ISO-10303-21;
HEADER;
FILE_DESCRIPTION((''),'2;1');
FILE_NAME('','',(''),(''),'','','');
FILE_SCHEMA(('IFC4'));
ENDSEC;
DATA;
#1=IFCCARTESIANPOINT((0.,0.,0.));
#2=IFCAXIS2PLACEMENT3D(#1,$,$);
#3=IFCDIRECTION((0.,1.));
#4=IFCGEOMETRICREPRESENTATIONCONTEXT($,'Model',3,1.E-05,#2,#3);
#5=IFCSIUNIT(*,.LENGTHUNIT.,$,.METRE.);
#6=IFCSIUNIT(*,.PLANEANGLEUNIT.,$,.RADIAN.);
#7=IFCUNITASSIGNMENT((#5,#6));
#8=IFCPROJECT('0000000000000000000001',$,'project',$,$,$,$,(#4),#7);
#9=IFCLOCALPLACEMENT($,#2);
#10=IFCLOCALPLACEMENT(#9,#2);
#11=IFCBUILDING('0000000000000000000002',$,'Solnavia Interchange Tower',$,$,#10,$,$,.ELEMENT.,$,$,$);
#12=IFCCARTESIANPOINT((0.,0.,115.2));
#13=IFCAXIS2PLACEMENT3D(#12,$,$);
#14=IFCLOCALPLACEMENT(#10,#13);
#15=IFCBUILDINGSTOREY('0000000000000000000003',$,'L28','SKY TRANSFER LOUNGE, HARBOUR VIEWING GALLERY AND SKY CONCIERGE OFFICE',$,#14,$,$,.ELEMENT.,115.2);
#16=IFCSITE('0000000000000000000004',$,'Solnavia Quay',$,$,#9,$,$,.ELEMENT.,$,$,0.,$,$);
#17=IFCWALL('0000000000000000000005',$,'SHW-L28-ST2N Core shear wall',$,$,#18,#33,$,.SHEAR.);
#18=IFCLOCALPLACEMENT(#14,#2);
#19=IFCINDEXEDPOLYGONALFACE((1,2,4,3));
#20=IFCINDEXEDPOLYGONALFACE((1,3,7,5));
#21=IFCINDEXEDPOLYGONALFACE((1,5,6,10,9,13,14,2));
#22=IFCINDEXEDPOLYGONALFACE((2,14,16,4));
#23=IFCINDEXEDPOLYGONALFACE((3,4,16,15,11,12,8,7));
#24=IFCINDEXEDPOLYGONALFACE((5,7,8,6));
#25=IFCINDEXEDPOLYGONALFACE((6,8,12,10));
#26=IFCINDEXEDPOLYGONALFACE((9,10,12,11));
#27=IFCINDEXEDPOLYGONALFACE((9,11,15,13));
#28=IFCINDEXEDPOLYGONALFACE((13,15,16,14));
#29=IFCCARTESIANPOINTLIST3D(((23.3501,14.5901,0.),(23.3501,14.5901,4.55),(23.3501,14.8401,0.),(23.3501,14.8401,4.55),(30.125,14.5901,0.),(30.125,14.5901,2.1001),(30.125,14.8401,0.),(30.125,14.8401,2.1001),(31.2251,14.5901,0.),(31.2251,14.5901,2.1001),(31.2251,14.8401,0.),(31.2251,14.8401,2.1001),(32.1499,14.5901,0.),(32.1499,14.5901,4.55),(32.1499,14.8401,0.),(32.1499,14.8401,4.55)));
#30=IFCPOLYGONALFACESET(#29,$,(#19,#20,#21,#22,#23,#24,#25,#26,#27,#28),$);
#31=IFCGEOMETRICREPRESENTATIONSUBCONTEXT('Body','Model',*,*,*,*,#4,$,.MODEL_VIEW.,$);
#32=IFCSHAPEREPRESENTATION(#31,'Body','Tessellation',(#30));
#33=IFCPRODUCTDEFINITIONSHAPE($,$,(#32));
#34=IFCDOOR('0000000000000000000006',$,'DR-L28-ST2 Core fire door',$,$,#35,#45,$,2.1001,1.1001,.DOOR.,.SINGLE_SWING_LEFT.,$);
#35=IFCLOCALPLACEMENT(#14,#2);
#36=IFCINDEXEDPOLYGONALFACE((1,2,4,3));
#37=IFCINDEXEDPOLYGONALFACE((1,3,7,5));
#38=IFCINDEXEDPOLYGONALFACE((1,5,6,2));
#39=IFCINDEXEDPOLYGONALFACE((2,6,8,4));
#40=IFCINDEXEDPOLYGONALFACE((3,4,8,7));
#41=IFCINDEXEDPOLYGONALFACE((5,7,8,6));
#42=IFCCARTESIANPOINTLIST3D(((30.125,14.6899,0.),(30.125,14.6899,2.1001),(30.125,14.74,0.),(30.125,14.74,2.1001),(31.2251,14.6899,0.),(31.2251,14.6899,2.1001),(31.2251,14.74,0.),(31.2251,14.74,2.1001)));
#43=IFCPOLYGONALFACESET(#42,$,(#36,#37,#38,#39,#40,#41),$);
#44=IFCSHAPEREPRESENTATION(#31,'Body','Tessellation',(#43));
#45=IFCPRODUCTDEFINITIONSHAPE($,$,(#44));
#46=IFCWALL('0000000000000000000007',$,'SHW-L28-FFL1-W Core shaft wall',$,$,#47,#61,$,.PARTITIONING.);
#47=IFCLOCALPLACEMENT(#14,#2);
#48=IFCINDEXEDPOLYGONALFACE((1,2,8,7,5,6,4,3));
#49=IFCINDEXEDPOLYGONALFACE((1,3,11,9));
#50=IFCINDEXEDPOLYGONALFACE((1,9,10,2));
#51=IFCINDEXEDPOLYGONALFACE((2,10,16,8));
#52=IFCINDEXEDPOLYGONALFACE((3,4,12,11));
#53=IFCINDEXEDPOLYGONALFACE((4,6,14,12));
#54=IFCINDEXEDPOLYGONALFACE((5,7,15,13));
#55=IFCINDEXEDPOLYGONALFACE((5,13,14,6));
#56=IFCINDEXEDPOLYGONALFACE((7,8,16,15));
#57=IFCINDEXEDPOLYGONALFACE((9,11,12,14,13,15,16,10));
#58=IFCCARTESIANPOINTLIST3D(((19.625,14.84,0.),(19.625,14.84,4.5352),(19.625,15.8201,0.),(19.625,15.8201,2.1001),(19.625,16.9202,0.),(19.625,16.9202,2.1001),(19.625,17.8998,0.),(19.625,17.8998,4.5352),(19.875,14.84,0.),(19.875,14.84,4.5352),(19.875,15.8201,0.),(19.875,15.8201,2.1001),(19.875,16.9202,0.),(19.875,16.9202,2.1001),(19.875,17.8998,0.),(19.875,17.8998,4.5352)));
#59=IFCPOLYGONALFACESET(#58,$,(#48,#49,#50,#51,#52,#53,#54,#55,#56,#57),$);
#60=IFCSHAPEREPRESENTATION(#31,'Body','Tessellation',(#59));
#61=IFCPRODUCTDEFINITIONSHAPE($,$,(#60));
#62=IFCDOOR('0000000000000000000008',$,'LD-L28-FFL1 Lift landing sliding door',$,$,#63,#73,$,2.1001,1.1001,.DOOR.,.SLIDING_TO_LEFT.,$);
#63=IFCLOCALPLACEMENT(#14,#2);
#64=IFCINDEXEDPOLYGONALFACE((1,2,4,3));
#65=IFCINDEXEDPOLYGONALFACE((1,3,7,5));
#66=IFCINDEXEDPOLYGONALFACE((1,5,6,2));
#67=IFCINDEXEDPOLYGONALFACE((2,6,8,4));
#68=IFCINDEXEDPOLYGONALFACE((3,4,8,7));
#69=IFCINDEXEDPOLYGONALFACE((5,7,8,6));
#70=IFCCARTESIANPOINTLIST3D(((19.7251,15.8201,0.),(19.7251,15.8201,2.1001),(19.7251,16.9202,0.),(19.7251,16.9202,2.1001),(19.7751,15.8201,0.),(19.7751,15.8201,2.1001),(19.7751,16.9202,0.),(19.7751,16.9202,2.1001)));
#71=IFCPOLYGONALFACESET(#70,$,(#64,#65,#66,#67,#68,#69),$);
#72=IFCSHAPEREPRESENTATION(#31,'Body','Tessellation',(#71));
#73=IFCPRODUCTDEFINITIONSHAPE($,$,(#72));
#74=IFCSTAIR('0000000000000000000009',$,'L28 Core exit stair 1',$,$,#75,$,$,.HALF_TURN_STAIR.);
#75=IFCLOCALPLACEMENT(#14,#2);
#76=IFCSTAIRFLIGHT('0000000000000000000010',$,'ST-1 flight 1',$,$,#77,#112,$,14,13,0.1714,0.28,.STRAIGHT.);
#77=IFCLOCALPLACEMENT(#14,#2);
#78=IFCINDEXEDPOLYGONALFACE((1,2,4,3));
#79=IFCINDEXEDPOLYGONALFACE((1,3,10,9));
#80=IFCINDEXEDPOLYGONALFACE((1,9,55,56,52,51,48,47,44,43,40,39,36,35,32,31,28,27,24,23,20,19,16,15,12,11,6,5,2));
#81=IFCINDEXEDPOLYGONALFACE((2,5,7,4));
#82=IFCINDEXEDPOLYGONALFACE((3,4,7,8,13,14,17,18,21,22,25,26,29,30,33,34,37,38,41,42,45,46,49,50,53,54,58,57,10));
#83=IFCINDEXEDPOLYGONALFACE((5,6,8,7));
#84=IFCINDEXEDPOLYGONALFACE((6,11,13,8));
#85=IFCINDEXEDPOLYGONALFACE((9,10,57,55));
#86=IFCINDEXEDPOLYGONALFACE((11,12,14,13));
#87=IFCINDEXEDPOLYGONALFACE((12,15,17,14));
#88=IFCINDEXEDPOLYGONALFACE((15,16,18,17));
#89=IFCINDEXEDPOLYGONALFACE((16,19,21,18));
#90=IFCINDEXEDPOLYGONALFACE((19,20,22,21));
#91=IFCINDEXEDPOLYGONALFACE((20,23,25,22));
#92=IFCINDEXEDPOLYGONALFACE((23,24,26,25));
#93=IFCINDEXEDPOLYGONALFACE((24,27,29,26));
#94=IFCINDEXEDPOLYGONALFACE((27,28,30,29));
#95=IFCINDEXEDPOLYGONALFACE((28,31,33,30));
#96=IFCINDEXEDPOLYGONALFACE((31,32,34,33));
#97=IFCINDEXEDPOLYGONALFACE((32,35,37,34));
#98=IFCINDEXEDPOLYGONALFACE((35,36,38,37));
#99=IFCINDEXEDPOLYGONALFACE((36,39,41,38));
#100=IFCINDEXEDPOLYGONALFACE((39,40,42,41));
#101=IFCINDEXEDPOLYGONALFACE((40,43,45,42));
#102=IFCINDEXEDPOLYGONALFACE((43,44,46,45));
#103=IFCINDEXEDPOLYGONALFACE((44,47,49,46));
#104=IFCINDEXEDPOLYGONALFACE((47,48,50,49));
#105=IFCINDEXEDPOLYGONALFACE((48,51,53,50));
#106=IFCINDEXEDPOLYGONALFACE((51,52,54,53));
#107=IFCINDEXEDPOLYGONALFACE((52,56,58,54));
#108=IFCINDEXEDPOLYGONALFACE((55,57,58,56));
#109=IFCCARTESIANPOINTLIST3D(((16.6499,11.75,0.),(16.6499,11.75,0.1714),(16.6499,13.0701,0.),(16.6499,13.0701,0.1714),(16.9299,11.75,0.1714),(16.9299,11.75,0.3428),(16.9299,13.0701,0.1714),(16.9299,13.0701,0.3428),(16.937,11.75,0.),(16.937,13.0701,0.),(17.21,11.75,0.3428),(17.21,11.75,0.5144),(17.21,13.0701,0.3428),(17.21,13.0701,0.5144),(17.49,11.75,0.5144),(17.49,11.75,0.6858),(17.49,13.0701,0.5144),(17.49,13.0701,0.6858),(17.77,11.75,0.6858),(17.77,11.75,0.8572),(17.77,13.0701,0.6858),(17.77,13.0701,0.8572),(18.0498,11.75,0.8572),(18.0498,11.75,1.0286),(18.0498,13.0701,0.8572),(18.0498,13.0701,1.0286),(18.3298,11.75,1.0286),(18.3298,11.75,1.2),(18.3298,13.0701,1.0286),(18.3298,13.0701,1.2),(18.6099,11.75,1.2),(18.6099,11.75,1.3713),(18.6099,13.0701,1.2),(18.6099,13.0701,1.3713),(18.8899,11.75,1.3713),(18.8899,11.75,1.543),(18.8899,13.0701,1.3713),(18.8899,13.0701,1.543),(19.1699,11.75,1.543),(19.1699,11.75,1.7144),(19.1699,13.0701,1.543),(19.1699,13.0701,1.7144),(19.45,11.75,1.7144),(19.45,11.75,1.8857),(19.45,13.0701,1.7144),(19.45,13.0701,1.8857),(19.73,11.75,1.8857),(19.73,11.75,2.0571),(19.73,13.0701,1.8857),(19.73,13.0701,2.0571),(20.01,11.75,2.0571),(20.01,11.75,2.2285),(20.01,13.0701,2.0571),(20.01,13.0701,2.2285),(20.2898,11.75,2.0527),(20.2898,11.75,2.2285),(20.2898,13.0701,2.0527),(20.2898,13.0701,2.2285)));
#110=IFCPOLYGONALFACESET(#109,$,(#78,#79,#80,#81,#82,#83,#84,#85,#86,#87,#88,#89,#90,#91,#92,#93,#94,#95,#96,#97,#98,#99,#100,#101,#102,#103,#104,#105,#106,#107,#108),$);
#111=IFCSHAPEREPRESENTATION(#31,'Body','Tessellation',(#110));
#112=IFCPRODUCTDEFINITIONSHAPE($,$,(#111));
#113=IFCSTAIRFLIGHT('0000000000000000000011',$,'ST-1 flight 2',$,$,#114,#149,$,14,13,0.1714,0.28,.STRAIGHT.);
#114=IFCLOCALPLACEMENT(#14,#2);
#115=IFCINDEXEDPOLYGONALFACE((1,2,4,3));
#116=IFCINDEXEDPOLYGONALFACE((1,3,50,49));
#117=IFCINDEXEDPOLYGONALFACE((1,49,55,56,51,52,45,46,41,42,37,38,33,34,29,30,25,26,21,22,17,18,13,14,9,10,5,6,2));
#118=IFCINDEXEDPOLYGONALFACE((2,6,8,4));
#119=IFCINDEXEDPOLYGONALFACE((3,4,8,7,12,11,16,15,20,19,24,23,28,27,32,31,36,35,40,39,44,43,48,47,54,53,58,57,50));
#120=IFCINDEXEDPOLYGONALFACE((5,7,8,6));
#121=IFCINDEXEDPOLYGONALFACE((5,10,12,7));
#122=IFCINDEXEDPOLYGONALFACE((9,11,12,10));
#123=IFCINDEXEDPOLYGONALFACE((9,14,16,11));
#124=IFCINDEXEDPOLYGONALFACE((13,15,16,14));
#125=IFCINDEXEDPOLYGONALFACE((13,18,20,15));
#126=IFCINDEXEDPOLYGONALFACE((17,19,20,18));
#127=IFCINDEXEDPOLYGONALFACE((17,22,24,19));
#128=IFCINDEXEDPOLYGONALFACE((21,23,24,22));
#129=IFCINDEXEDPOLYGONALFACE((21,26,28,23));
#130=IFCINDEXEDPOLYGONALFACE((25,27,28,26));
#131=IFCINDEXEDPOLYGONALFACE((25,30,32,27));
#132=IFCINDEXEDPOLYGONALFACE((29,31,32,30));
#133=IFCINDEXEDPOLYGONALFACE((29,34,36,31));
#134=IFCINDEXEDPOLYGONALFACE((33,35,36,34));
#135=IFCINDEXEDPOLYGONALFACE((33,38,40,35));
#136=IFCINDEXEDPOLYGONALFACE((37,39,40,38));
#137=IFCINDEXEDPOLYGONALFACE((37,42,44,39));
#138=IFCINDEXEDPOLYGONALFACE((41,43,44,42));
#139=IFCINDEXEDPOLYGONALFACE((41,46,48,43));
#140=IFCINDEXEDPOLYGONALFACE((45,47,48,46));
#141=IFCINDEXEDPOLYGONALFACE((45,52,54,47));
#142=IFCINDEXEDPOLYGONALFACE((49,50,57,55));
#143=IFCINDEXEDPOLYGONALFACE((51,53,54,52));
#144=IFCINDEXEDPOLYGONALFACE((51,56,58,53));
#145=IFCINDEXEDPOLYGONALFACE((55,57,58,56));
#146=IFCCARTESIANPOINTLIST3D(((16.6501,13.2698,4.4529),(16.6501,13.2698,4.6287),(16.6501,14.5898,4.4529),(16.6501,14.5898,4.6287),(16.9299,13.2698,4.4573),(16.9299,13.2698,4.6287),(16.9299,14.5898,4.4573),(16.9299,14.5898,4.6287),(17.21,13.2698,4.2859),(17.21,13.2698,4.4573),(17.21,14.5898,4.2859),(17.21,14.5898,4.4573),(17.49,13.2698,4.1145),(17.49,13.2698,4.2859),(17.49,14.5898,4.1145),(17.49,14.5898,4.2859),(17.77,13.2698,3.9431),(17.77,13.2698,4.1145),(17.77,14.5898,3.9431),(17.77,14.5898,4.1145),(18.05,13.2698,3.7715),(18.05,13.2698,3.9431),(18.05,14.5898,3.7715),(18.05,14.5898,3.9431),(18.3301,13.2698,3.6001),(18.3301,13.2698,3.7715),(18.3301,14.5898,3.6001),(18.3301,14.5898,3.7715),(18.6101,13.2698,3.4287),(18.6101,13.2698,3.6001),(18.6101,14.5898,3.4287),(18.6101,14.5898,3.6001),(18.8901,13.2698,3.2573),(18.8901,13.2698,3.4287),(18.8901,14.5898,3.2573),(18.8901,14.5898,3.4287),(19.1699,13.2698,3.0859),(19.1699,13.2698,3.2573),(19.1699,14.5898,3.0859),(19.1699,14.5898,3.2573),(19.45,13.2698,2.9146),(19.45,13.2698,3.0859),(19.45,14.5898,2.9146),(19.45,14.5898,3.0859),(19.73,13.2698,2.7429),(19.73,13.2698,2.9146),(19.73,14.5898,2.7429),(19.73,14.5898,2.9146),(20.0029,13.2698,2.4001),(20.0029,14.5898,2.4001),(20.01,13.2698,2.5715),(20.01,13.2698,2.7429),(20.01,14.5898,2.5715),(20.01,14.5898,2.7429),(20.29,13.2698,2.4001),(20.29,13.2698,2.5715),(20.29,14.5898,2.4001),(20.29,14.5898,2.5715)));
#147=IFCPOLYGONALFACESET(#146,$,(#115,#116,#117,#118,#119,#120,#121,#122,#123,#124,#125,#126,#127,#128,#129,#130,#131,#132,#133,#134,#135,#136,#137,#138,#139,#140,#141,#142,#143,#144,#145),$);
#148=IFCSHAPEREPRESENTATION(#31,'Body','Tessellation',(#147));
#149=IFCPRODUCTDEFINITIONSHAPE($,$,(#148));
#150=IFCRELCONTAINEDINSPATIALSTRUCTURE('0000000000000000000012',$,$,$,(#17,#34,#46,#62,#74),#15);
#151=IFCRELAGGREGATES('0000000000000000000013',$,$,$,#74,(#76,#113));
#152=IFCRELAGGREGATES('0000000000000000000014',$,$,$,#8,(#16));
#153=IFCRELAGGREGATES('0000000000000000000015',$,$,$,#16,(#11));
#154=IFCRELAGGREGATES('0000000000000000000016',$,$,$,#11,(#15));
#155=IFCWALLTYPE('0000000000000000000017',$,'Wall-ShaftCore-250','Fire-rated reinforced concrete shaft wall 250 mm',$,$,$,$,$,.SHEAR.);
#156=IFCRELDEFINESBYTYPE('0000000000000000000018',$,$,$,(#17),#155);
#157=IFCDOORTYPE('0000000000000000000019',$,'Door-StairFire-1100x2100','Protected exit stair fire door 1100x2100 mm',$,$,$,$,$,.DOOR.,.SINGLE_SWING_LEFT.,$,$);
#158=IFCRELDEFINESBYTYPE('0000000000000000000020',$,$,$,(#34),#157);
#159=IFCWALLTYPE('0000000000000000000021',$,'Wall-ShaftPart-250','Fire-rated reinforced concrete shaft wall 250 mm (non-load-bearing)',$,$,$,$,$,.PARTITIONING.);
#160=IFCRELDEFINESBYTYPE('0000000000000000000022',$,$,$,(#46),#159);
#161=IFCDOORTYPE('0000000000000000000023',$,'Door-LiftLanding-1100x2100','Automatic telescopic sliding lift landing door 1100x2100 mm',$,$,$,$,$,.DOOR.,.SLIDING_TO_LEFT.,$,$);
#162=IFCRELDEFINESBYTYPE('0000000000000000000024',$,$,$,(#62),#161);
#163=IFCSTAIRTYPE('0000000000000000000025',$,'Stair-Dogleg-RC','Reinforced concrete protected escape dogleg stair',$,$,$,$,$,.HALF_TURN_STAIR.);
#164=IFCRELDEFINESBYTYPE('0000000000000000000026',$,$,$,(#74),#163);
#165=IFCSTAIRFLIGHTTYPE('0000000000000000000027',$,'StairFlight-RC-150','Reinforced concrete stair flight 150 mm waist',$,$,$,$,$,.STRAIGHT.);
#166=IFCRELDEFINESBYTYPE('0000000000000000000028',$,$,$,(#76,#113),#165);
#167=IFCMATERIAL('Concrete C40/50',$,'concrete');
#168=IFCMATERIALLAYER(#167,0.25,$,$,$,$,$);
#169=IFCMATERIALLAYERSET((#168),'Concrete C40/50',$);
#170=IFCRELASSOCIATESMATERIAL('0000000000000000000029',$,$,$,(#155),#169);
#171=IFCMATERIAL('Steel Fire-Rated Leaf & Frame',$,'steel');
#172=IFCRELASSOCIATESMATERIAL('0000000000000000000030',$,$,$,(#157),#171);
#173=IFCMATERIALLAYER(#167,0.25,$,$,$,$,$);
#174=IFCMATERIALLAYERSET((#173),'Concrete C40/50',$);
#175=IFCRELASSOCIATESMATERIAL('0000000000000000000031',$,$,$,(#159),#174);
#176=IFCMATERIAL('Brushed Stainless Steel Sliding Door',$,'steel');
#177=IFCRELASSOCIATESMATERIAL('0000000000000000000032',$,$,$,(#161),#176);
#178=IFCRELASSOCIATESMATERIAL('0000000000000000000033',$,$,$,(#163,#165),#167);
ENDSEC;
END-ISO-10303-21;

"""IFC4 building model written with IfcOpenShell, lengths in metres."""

from ifc_helpers import new_model, si_unit, direction, frame, frame_2d, origin, place, context, subcontext, project, spatial, polyline, rectangle, outline, extrude, material, layer, layer_set, type_object, element, fill, aggregate, save


model = new_model("IFC4")

# Units and contexts
model_context = context("Model", 3, precision=1e-05, world=origin(), true_north=direction((0.0, 1.0)))
body_context = subcontext(model_context, "Body", "Model", "MODEL_VIEW")
ifc_project = project(units=[si_unit("LENGTHUNIT", "METRE"), si_unit("PLANEANGLEUNIT", "RADIAN")], contexts=[model_context])

# Site, building, storey
site_placement = place(None, origin())
site = spatial("IfcSite", under=ifc_project, at=site_placement, Name="Solnavia Quay", CompositionType="ELEMENT", RefElevation=0.0)
building_placement = place(site_placement, origin())
building = spatial("IfcBuilding", under=site, at=building_placement, Name="Solnavia Interchange Tower", CompositionType="ELEMENT")
storey_placement = place(building_placement, frame((0.0, 0.0, 115.2)))
storey = spatial("IfcBuildingStorey", under=building, at=storey_placement, Name="L28", Description="SKY TRANSFER LOUNGE, HARBOUR VIEWING GALLERY AND SKY CONCIERGE OFFICE", CompositionType="ELEMENT", Elevation=115.2)

# Walls, openings, doors
ifc_material_1 = material(Name="Concrete C40/50", Category="concrete")
ifc_layer_1 = layer(ifc_material_1, 0.25)
ifc_layer_set_1 = layer_set([ifc_layer_1], Name="Concrete C40/50")
wall_type_1 = type_object("IfcWallType", Name="Wall-ShaftCore-250", Description="Fire-rated reinforced concrete shaft wall 250 mm", PredefinedType="SHEAR", material=ifc_layer_set_1)
wall_1_placement = place(storey_placement, frame((23.3501, 14.7151, 0.0), z_axis=(0.0, 0.0, 1.0), x_axis=(1.0, 0.0, 0.0)))
wall_1 = element("IfcWall", 1, at=wall_1_placement, inside=storey, type_object=wall_type_1, Name="SHW-L28-ST2N Core shear wall", PredefinedType="SHEAR", context=body_context, shape_type="SweptSolid", body=[
    extrude(rectangle(XDim=8.7998, YDim=0.25, at=frame_2d((4.3999, 0.0))), origin(), (0.0, 0.0, 1.0), 4.55),
])
opening_1_placement = place(wall_1_placement, frame((6.7749, 0.0, 0.0)))
opening_1 = element("IfcOpeningElement", 2, at=opening_1_placement, cuts=wall_1, PredefinedType="OPENING", context=body_context, shape_type="SweptSolid", body=[
    extrude(rectangle(XDim=1.1001, YDim=2.1001, at=frame_2d((0.55, 1.05))), frame((0.0, 0.135, 0.0), z_axis=(0.0, -1.0, 0.0), x_axis=(1.0, 0.0, 0.0)), (0.0, 0.0, 1.0), 0.27),
])
ifc_material_2 = material(Name="Steel Fire-Rated Leaf & Frame", Category="steel")
door_type_1 = type_object("IfcDoorType", Name="Door-StairFire-1100x2100", Description="Protected exit stair fire door 1100x2100 mm", OperationType="SINGLE_SWING_LEFT", PredefinedType="DOOR", material=ifc_material_2)
door_1_placement = place(opening_1_placement, origin())
door_1 = element("IfcDoor", 3, at=door_1_placement, inside=storey, type_object=door_type_1, Name="DR-L28-ST2 Core fire door", OperationType="SINGLE_SWING_LEFT", OverallHeight=2.1001, OverallWidth=1.1001, PredefinedType="DOOR", context=body_context, shape_type="SweptSolid", body=[
    extrude(rectangle(XDim=1.1001, YDim=2.1001, at=frame_2d((0.55, 1.05))), frame((0.0, 0.0249, 0.0), z_axis=(0.0, -1.0, 0.0), x_axis=(1.0, 0.0, 0.0)), (0.0, 0.0, 1.0), 0.05),
])
fill(opening_1, door_1)
ifc_layer_2 = layer(ifc_material_1, 0.25)
ifc_layer_set_2 = layer_set([ifc_layer_2], Name="Concrete C40/50")
wall_type_2 = type_object("IfcWallType", Name="Wall-ShaftPart-250", Description="Fire-rated reinforced concrete shaft wall 250 mm (non-load-bearing)", PredefinedType="PARTITIONING", material=ifc_layer_set_2)
wall_2_placement = place(storey_placement, frame((19.75, 14.8401, 0.0), z_axis=(0.0, 0.0, 1.0), x_axis=(0.0, 1.0, 0.0)))
wall_2 = element("IfcWall", 4, at=wall_2_placement, inside=storey, type_object=wall_type_2, Name="SHW-L28-FFL1-W Core shaft wall", PredefinedType="PARTITIONING", context=body_context, shape_type="SweptSolid", body=[
    extrude(rectangle(XDim=3.0598, YDim=0.25, at=frame_2d((1.5298, 0.0))), origin(), (0.0, 0.0, 1.0), 4.5352),
])
opening_2_placement = place(wall_2_placement, frame((0.98, 0.0, 0.0)))
opening_2 = element("IfcOpeningElement", 5, at=opening_2_placement, cuts=wall_2, PredefinedType="OPENING", context=body_context, shape_type="SweptSolid", body=[
    extrude(rectangle(XDim=1.1001, YDim=2.1001, at=frame_2d((0.55, 1.05))), frame((0.0, 0.135, 0.0), z_axis=(0.0, -1.0, 0.0), x_axis=(1.0, 0.0, 0.0)), (0.0, 0.0, 1.0), 0.27),
])
ifc_material_3 = material(Name="Brushed Stainless Steel Sliding Door", Category="steel")
door_type_2 = type_object("IfcDoorType", Name="Door-LiftLanding-1100x2100", Description="Automatic telescopic sliding lift landing door 1100x2100 mm", OperationType="SLIDING_TO_LEFT", PredefinedType="DOOR", material=ifc_material_3)
door_2_placement = place(opening_2_placement, origin())
door_2 = element("IfcDoor", 6, at=door_2_placement, inside=storey, type_object=door_type_2, Name="LD-L28-FFL1 Lift landing sliding door", OperationType="SLIDING_TO_LEFT", OverallHeight=2.1001, OverallWidth=1.1001, PredefinedType="DOOR", context=body_context, shape_type="SweptSolid", body=[
    extrude(rectangle(XDim=1.1001, YDim=2.1001, at=frame_2d((0.55, 1.05))), frame((0.0, 0.0249, 0.0), z_axis=(0.0, -1.0, 0.0), x_axis=(1.0, 0.0, 0.0)), (0.0, 0.0, 1.0), 0.05),
])
fill(opening_2, door_2)

# Stair, stair flights
stair_type = type_object("IfcStairType", Name="Stair-Dogleg-RC", Description="Reinforced concrete protected escape dogleg stair", PredefinedType="HALF_TURN_STAIR", material=ifc_material_1)
stair_1_placement = place(storey_placement, origin())
stair_1 = element("IfcStair", 7, at=stair_1_placement, inside=storey, type_object=stair_type, Name="L28 Core exit stair 1", PredefinedType="HALF_TURN_STAIR")
stair_flight_type = type_object("IfcStairFlightType", Name="StairFlight-RC-150", Description="Reinforced concrete stair flight 150 mm waist", PredefinedType="STRAIGHT", material=ifc_material_1)
stair_flight_1_placement = place(storey_placement, frame((16.6499, 12.4099, 0.0), z_axis=(0.0, 0.0, 1.0), x_axis=(1.0, 0.0, 0.0)))
stair_flight_1 = element("IfcStairFlight", 8, at=stair_flight_1_placement, type_object=stair_flight_type, Name="ST-1 flight 1", NumberOfRisers=14, NumberOfTreads=13, PredefinedType="STRAIGHT", RiserHeight=0.1714, TreadLength=0.28, context=body_context, shape_type="SweptSolid", body=[
    extrude(outline(polyline([(0.0, 0.0), (0.0, 0.1714), (0.28, 0.1714), (0.28, 0.3428), (0.5601, 0.3428), (0.5601, 0.5144), (0.8401, 0.5144), (0.8401, 0.6858), (1.1201, 0.6858), (1.1201, 0.8572), (1.3999, 0.8572), (1.3999, 1.0286), (1.6799, 1.0286), (1.6799, 1.2), (1.96, 1.2), (1.96, 1.3713), (2.24, 1.3713), (2.24, 1.543), (2.52, 1.543), (2.52, 1.7144), (2.8, 1.7144), (2.8, 1.8857), (3.0801, 1.8857), (3.0801, 2.0571), (3.3601, 2.0571), (3.3601, 2.2285), (3.6399, 2.2285), (3.6399, 2.3999), (3.6399, 2.0527), (0.2871, 0.0), (0.0, 0.0)])), frame((0.0, 0.6602, 0.0), z_axis=(0.0, -1.0, 0.0), x_axis=(1.0, 0.0, 0.0)), (0.0, 0.0, 1.0), 1.3201),
])
stair_flight_2_placement = place(storey_placement, frame((20.29, 13.9299, 2.4001), z_axis=(0.0, 0.0, 1.0), x_axis=(-1.0, 0.0, 0.0)))
stair_flight_2 = element("IfcStairFlight", 9, at=stair_flight_2_placement, type_object=stair_flight_type, Name="ST-1 flight 2", NumberOfRisers=14, NumberOfTreads=13, PredefinedType="STRAIGHT", RiserHeight=0.1714, TreadLength=0.28, context=body_context, shape_type="SweptSolid", body=[
    extrude(outline(polyline([(0.0, 0.0), (0.0, 0.1714), (0.28, 0.1714), (0.28, 0.3428), (0.5601, 0.3428), (0.5601, 0.5144), (0.8401, 0.5144), (0.8401, 0.6858), (1.1201, 0.6858), (1.1201, 0.8572), (1.3999, 0.8572), (1.3999, 1.0286), (1.6799, 1.0286), (1.6799, 1.2), (1.96, 1.2), (1.96, 1.3713), (2.24, 1.3713), (2.24, 1.543), (2.52, 1.543), (2.52, 1.7144), (2.8, 1.7144), (2.8, 1.8857), (3.0801, 1.8857), (3.0801, 2.0571), (3.3601, 2.0571), (3.3601, 2.2285), (3.6399, 2.2285), (3.6399, 2.3999), (3.6399, 2.0527), (0.2871, 0.0), (0.0, 0.0)])), frame((0.0, 0.6602, 0.0), z_axis=(0.0, -1.0, 0.0), x_axis=(1.0, 0.0, 0.0)), (0.0, 0.0, 1.0), 1.3201),
])
aggregate(stair_1, [stair_flight_1, stair_flight_2])

save(model, "model.ifc")
